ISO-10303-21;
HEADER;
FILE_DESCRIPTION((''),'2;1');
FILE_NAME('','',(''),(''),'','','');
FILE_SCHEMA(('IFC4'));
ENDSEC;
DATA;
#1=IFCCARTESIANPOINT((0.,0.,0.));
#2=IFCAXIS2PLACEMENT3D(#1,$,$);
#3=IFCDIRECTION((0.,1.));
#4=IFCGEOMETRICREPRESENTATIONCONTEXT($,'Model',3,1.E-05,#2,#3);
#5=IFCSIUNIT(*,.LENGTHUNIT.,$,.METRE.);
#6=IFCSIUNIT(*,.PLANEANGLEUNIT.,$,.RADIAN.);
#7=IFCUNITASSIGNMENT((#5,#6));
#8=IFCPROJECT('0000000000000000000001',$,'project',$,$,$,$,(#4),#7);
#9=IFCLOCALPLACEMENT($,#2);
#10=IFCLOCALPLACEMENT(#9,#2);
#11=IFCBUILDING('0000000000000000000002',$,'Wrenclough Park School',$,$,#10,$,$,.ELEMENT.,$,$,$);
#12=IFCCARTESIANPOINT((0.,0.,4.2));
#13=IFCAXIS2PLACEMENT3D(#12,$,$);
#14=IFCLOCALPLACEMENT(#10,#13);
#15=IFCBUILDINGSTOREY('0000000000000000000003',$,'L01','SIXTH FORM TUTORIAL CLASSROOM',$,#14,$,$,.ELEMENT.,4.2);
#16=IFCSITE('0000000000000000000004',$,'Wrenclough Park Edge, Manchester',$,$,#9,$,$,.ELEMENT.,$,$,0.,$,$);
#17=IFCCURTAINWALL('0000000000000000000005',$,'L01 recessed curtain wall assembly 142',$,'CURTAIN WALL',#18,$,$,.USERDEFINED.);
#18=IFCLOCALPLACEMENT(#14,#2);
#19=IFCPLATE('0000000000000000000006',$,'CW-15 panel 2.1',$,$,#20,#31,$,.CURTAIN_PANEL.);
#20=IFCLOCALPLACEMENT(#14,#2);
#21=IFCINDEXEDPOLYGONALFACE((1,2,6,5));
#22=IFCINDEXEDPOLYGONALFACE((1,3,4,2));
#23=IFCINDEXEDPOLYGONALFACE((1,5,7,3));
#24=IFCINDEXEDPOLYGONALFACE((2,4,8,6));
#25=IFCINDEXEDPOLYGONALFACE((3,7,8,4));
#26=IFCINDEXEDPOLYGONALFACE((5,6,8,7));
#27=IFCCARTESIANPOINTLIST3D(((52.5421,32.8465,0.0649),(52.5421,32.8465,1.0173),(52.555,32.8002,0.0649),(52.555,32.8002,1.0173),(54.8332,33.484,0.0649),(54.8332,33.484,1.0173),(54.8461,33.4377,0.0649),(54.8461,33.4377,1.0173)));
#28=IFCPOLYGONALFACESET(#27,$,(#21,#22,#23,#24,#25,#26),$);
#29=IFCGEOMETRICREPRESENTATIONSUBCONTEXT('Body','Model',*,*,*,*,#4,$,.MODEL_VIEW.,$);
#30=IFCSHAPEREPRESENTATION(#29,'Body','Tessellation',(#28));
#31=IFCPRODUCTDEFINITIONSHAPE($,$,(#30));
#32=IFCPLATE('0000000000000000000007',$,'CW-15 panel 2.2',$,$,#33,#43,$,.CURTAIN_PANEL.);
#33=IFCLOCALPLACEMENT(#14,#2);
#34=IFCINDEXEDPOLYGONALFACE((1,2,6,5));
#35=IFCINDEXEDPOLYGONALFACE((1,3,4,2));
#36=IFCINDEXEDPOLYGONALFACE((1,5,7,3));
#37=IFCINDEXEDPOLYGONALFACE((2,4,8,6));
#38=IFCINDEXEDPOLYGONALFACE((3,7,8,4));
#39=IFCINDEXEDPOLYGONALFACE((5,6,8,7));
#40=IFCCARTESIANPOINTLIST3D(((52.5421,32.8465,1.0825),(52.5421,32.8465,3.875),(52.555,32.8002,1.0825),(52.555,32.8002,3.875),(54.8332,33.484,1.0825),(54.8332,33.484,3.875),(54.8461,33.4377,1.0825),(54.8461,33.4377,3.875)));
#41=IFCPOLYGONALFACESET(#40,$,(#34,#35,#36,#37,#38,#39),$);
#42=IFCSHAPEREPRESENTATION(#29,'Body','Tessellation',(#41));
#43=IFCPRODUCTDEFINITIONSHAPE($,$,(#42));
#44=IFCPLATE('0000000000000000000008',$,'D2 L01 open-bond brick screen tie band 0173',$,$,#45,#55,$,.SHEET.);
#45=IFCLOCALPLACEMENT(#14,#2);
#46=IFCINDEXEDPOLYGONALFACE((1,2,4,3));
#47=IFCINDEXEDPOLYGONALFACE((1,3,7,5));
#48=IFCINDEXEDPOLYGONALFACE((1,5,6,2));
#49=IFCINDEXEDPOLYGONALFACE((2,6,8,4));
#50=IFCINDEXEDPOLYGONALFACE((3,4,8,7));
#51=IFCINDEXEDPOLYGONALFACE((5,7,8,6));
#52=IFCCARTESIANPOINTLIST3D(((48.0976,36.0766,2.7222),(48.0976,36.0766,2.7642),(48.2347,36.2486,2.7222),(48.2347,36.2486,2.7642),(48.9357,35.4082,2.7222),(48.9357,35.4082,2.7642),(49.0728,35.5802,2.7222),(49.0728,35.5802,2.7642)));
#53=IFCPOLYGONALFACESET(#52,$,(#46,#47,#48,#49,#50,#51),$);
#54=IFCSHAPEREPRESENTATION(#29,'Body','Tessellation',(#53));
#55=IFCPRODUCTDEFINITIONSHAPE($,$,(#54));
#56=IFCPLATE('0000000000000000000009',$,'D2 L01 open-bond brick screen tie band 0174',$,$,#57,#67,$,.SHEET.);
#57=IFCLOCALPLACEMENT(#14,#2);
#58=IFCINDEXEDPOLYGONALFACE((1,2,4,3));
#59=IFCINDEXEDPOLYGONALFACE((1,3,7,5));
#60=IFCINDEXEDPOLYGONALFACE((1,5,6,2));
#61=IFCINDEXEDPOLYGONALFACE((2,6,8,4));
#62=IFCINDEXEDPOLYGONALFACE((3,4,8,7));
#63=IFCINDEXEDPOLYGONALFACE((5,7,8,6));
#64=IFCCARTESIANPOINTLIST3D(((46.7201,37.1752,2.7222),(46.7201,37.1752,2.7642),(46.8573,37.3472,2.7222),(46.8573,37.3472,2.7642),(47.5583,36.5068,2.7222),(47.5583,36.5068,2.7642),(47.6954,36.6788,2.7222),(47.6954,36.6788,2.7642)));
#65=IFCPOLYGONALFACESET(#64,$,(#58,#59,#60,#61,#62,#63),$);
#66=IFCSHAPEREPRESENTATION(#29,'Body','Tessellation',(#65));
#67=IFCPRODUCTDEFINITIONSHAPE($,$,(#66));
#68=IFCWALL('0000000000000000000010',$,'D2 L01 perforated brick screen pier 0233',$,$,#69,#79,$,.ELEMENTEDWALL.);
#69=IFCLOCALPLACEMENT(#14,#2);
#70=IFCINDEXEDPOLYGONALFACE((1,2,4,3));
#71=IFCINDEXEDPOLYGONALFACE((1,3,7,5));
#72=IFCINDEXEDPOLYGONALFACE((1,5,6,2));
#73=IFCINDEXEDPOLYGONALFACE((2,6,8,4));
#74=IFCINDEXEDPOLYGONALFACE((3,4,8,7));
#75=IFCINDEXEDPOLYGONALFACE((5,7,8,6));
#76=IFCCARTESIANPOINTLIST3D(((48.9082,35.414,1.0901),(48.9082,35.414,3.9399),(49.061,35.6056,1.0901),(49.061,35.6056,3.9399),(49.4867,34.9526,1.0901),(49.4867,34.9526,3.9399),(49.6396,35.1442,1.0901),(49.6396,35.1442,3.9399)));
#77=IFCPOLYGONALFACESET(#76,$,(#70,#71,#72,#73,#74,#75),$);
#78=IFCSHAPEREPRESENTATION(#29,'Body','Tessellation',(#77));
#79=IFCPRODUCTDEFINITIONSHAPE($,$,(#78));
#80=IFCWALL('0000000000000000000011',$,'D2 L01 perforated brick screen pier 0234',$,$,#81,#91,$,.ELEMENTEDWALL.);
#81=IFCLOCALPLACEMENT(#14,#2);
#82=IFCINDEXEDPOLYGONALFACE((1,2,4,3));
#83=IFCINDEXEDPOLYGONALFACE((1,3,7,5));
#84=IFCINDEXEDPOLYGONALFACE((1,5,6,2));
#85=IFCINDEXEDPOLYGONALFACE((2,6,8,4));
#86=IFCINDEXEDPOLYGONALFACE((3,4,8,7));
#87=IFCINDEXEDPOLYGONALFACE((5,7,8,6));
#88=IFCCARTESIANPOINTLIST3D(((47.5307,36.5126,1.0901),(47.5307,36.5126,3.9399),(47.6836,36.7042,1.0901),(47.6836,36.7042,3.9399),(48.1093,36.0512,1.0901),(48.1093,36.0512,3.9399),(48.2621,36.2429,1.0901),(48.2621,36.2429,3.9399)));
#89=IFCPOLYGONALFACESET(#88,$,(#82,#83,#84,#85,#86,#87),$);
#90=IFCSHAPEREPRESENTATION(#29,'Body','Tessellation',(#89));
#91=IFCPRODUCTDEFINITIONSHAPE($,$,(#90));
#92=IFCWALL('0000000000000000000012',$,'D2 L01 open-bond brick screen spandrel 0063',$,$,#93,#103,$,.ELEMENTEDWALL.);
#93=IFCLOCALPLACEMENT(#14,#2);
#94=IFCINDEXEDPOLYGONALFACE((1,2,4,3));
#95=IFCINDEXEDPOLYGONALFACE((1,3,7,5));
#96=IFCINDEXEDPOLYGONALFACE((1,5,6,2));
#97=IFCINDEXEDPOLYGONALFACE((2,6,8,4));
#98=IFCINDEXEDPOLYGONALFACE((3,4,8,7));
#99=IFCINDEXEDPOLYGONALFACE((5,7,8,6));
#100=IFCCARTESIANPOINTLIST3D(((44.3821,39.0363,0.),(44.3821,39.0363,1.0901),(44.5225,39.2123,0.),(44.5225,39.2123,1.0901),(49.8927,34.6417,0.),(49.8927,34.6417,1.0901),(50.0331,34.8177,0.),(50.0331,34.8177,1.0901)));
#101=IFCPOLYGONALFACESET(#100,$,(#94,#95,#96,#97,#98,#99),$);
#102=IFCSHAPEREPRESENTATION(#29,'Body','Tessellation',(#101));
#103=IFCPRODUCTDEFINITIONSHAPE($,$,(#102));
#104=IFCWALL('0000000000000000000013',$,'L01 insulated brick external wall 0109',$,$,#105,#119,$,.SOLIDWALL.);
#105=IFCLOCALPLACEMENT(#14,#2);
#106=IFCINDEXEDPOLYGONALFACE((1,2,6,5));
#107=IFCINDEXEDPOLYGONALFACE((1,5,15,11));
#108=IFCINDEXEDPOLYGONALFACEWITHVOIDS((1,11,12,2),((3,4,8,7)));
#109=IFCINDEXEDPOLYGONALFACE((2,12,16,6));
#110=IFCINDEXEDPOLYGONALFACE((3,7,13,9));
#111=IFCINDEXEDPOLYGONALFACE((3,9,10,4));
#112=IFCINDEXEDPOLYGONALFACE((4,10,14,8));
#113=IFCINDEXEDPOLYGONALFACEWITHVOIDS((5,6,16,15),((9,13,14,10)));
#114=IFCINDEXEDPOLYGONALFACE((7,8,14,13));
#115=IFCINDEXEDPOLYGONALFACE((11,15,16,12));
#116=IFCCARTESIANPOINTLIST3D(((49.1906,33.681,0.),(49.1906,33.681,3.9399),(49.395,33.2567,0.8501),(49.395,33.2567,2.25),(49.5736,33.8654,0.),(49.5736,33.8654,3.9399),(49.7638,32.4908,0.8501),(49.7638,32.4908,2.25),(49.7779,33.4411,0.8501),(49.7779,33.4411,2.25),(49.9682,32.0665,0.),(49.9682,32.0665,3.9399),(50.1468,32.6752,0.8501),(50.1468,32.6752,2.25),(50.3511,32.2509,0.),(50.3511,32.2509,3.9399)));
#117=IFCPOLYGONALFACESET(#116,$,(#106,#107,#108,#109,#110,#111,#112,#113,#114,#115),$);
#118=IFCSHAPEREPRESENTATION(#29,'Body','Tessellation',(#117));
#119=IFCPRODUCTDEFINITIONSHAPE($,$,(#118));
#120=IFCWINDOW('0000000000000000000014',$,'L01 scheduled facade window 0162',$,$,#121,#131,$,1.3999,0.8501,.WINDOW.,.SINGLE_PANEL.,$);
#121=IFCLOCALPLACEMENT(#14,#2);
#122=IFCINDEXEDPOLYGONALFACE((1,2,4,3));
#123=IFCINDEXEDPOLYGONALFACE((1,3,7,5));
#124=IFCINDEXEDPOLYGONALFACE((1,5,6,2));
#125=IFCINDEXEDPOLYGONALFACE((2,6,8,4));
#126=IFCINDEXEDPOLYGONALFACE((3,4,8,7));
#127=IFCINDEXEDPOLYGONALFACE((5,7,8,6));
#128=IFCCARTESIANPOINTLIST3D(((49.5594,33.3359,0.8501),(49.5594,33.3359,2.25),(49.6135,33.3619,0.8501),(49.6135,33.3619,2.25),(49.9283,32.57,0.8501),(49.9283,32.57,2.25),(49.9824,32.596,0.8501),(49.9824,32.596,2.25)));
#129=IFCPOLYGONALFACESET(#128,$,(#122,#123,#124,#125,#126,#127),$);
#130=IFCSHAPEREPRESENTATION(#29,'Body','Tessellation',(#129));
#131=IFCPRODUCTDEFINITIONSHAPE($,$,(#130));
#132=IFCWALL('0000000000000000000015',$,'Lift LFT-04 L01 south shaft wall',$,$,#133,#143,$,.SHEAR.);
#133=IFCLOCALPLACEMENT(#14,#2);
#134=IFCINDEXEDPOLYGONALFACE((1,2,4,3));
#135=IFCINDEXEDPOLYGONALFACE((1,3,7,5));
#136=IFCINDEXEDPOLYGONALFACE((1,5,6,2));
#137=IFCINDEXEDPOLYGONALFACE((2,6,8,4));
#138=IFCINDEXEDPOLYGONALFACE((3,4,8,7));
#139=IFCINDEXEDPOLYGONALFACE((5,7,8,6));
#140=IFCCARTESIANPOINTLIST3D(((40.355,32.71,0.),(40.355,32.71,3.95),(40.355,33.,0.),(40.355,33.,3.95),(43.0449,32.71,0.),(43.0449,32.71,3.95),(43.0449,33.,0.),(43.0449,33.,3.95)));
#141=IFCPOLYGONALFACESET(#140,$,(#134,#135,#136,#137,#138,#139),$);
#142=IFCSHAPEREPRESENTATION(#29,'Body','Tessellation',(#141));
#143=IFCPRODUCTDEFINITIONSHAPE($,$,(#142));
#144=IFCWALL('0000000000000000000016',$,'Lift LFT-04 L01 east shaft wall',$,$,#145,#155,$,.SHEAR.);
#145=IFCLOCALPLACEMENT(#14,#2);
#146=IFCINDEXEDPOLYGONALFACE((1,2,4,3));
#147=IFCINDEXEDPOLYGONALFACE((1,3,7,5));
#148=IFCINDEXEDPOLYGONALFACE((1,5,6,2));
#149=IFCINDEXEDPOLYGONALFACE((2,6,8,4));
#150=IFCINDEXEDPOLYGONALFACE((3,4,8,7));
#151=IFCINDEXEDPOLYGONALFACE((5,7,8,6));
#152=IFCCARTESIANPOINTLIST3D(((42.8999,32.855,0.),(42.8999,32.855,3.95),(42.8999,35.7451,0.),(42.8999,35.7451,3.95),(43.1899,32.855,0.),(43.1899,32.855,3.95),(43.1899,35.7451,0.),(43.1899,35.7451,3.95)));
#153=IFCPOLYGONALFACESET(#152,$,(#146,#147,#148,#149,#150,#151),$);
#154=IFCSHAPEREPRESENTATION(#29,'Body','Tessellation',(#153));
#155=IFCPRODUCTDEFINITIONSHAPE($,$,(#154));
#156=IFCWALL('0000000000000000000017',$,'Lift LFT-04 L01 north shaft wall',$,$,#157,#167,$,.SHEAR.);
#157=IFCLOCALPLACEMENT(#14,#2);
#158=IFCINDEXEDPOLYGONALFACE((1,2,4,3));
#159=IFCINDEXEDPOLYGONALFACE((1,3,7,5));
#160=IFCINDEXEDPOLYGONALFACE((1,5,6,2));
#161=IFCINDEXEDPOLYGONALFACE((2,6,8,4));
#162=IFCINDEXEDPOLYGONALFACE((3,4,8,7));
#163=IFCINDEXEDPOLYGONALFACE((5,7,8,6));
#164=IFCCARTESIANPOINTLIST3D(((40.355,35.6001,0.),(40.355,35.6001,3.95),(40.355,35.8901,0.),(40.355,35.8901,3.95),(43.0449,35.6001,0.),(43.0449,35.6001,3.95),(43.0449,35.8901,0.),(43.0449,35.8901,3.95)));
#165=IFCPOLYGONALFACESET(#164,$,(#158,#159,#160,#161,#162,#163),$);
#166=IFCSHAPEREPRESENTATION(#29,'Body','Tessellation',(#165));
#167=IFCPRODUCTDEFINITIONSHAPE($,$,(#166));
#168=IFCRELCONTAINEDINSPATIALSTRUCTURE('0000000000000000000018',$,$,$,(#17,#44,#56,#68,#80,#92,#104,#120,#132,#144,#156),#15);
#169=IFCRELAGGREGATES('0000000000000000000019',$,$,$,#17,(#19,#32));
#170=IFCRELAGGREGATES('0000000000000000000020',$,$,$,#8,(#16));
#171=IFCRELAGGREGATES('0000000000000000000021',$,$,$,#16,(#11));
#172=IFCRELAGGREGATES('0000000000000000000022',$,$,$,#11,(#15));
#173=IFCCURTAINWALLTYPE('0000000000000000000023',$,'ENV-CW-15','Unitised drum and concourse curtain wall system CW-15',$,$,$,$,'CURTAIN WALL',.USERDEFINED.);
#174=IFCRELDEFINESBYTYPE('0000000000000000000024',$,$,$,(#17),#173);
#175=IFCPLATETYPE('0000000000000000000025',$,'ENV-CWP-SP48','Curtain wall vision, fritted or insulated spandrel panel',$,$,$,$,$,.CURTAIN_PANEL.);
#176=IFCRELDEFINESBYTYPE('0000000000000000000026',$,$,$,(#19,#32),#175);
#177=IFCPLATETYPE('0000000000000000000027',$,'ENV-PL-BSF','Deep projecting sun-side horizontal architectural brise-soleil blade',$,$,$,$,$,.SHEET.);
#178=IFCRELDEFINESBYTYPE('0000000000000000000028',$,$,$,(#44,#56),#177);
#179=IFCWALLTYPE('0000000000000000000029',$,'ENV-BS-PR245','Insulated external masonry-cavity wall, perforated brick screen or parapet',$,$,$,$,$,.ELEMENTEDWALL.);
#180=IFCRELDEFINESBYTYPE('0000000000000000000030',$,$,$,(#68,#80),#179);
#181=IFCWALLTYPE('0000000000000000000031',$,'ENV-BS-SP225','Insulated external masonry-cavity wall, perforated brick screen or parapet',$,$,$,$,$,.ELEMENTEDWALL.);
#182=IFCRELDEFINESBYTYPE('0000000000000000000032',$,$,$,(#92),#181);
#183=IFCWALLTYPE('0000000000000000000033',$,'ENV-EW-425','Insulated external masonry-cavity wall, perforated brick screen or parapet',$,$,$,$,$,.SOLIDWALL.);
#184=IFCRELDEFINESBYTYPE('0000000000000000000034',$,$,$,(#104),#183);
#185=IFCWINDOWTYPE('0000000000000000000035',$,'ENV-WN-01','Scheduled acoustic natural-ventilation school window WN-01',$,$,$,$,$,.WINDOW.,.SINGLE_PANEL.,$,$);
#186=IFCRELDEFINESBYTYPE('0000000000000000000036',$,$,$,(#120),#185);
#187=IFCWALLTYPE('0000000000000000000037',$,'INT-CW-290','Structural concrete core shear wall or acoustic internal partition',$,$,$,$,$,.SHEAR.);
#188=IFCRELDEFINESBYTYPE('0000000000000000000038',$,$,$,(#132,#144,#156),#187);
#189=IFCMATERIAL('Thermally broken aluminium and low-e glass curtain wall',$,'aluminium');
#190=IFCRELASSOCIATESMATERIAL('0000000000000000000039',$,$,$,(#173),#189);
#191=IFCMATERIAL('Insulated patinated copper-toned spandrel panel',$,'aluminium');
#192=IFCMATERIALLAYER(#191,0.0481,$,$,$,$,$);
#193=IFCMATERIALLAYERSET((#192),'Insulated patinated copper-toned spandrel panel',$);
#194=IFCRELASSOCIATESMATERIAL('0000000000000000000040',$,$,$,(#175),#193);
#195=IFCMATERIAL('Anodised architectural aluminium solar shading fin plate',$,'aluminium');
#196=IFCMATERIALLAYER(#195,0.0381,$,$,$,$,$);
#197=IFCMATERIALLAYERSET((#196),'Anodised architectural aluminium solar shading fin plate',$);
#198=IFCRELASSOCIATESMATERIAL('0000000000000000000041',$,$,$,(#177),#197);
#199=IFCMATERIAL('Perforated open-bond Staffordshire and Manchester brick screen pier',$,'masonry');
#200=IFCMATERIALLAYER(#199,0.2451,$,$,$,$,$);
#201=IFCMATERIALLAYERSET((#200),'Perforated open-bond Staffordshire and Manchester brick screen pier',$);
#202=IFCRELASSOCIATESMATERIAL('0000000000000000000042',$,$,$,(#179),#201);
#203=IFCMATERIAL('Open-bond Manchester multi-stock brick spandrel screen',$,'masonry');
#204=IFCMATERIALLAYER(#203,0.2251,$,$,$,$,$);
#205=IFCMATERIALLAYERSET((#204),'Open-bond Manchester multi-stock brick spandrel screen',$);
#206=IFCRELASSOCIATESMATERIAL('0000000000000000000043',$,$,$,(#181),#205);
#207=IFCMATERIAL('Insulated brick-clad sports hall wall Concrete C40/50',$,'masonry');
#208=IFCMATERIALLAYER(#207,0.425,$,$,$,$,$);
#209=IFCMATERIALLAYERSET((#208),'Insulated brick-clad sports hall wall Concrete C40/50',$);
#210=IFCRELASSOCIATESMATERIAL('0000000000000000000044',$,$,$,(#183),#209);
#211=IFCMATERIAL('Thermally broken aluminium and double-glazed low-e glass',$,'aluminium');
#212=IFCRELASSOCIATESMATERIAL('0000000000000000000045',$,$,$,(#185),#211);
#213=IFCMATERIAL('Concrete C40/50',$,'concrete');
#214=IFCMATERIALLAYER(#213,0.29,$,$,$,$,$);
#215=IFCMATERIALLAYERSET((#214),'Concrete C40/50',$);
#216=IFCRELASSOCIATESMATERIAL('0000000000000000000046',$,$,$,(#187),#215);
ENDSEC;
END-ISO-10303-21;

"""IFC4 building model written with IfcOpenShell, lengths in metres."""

from ifc_helpers import new_model, si_unit, direction, frame, frame_2d, origin, origin_2d, place, context, subcontext, project, spatial, rectangle, extrude, material, layer, layer_set, type_object, element, fill, aggregate, save


model = new_model("IFC4")

# Units and contexts
model_context = context("Model", 3, precision=1e-05, world=origin(), true_north=direction((0.0, 1.0)))
body_context = subcontext(model_context, "Body", "Model", "MODEL_VIEW")
ifc_project = project(units=[si_unit("LENGTHUNIT", "METRE"), si_unit("PLANEANGLEUNIT", "RADIAN")], contexts=[model_context])

# Site, building, storey
site_placement = place(None, origin())
site = spatial("IfcSite", under=ifc_project, at=site_placement, Name="Wrenclough Park Edge, Manchester", CompositionType="ELEMENT", RefElevation=0.0)
building_placement = place(site_placement, origin())
building = spatial("IfcBuilding", under=site, at=building_placement, Name="Wrenclough Park School", CompositionType="ELEMENT")
storey_placement = place(building_placement, frame((0.0, 0.0, 4.2)))
storey = spatial("IfcBuildingStorey", under=building, at=storey_placement, Name="L01", Description="SIXTH FORM TUTORIAL CLASSROOM", CompositionType="ELEMENT", Elevation=4.2)

# Shared definitions
ifc_material_1 = material(Name="Concrete C40/50", Category="concrete")

# Curtain wall
ifc_material_2 = material(Name="Thermally broken aluminium and low-e glass curtain wall", Category="aluminium")
curtain_wall_type = type_object("IfcCurtainWallType", Name="ENV-CW-15", Description="Unitised drum and concourse curtain wall system CW-15", ElementType="CURTAIN WALL", PredefinedType="USERDEFINED", material=ifc_material_2)
curtain_wall_placement = place(storey_placement, origin())
curtain_wall = element("IfcCurtainWall", 1, at=curtain_wall_placement, inside=storey, type_object=curtain_wall_type, Name="L01 recessed curtain wall assembly 142", ObjectType="CURTAIN WALL", PredefinedType="USERDEFINED")

# Plates
ifc_material_3 = material(Name="Insulated patinated copper-toned spandrel panel", Category="aluminium")
ifc_layer_1 = layer(ifc_material_3, 0.0481)
ifc_layer_set_1 = layer_set([ifc_layer_1], Name="Insulated patinated copper-toned spandrel panel")
plate_type_1 = type_object("IfcPlateType", Name="ENV-CWP-SP48", Description="Curtain wall vision, fritted or insulated spandrel panel", PredefinedType="CURTAIN_PANEL", material=ifc_layer_set_1)
plate_1_placement = place(storey_placement, frame((53.6941, 33.1421, 0.0649), z_axis=(0.0, 0.0, 1.0), x_axis=(0.963399, 0.268072, 0.0)))
plate_1 = element("IfcPlate", 2, at=plate_1_placement, type_object=plate_type_1, Name="CW-15 panel 2.1", PredefinedType="CURTAIN_PANEL", context=body_context, shape_type="SweptSolid", body=[
    extrude(rectangle(XDim=2.3782, YDim=0.0481, at=origin_2d()), origin(), (0.0, 0.0, 1.0), 0.9524),
])
plate_2_placement = place(storey_placement, frame((53.6941, 33.1421, 1.0825), z_axis=(0.0, 0.0, 1.0), x_axis=(0.963399, 0.268072, 0.0)))
plate_2 = element("IfcPlate", 3, at=plate_2_placement, type_object=plate_type_1, Name="CW-15 panel 2.2", PredefinedType="CURTAIN_PANEL", context=body_context, shape_type="SweptSolid", body=[
    extrude(rectangle(XDim=2.3782, YDim=0.0481, at=origin_2d()), origin(), (0.0, 0.0, 1.0), 2.7925),
])
aggregate(curtain_wall, [plate_1, plate_2])

# Plates
ifc_material_4 = material(Name="Anodised architectural aluminium solar shading fin plate", Category="aluminium")
ifc_layer_2 = layer(ifc_material_4, 0.0381)
ifc_layer_set_2 = layer_set([ifc_layer_2], Name="Anodised architectural aluminium solar shading fin plate")
plate_type_2 = type_object("IfcPlateType", Name="ENV-PL-BSF", Description="Deep projecting sun-side horizontal architectural brise-soleil blade", PredefinedType="SHEET", material=ifc_layer_set_2)
for number, where, z_axis, x_axis, name in (
    (4, (48.5852, 35.8284, 2.7222), (0.0, 0.0, 1.0), (-0.781826, 0.623497, 0.0), "D2 L01 open-bond brick screen tie band 0173"),
    (5, (47.2078, 36.927, 2.7222), (0.0, 0.0, 1.0), (-0.781826, 0.623497, 0.0), "D2 L01 open-bond brick screen tie band 0174"),
):
    element("IfcPlate", number, at=place(storey_placement, frame(where, z_axis=z_axis, x_axis=x_axis)), inside=storey, type_object=plate_type_2, Name=name, PredefinedType="SHEET", context=body_context, shape_type="SweptSolid", body=[
        extrude(rectangle(XDim=1.072, YDim=0.22, at=origin_2d()), origin(), (0.0, 0.0, 1.0), 0.042),
    ])

# Walls
ifc_material_5 = material(Name="Perforated open-bond Staffordshire and Manchester brick screen pier", Category="masonry")
ifc_layer_3 = layer(ifc_material_5, 0.2451)
ifc_layer_set_3 = layer_set([ifc_layer_3], Name="Perforated open-bond Staffordshire and Manchester brick screen pier")
wall_type_1 = type_object("IfcWallType", Name="ENV-BS-PR245", Description="Insulated external masonry-cavity wall, perforated brick screen or parapet", PredefinedType="ELEMENTEDWALL", material=ifc_layer_set_3)
for number, where, z_axis, x_axis, name in (
    (6, (49.5632, 35.0483, 1.0901), (0.0, 0.0, 1.0), (-0.781833, 0.623487, 0.0), "D2 L01 perforated brick screen pier 0233"),
    (7, (48.1858, 36.147, 1.0901), (0.0, 0.0, 1.0), (-0.781833, 0.623487, 0.0), "D2 L01 perforated brick screen pier 0234"),
):
    element("IfcWall", number, at=place(storey_placement, frame(where, z_axis=z_axis, x_axis=x_axis)), inside=storey, type_object=wall_type_1, Name=name, PredefinedType="ELEMENTEDWALL", context=body_context, shape_type="SweptSolid", body=[
        extrude(rectangle(XDim=0.74, YDim=0.2451, at=frame_2d((0.3701, 0.0))), origin(), (0.0, 0.0, 1.0), 2.8499),
    ])
ifc_material_6 = material(Name="Open-bond Manchester multi-stock brick spandrel screen", Category="masonry")
ifc_layer_4 = layer(ifc_material_6, 0.2251)
ifc_layer_set_4 = layer_set([ifc_layer_4], Name="Open-bond Manchester multi-stock brick spandrel screen")
wall_type_2 = type_object("IfcWallType", Name="ENV-BS-SP225", Description="Insulated external masonry-cavity wall, perforated brick screen or parapet", PredefinedType="ELEMENTEDWALL", material=ifc_layer_set_4)
wall_1_placement = place(storey_placement, frame((49.9629, 34.7297, 0.0), z_axis=(0.0, 0.0, 1.0), x_axis=(-0.781828, 0.623495, 0.0)))
element("IfcWall", 8, at=wall_1_placement, inside=storey, type_object=wall_type_2, Name="D2 L01 open-bond brick screen spandrel 0063", PredefinedType="ELEMENTEDWALL", context=body_context, shape_type="SweptSolid", body=[
    extrude(rectangle(XDim=7.0483, YDim=0.2251, at=frame_2d((3.5242, 0.0))), origin(), (0.0, 0.0, 1.0), 1.0901),
])

# Wall, opening, window
ifc_material_7 = material(Name="Insulated brick-clad sports hall wall Concrete C40/50", Category="masonry")
ifc_layer_5 = layer(ifc_material_7, 0.425)
ifc_layer_set_5 = layer_set([ifc_layer_5], Name="Insulated brick-clad sports hall wall Concrete C40/50")
wall_type_3 = type_object("IfcWallType", Name="ENV-EW-425", Description="Insulated external masonry-cavity wall, perforated brick screen or parapet", PredefinedType="SOLIDWALL", material=ifc_layer_set_5)
wall_2_placement = place(storey_placement, frame((49.3821, 33.7732, 0.0), z_axis=(0.0, 0.0, 1.0), x_axis=(0.433922, -0.90095, 0.0)))
wall_2 = element("IfcWall", 9, at=wall_2_placement, inside=storey, type_object=wall_type_3, Name="L01 insulated brick external wall 0109", PredefinedType="SOLIDWALL", context=body_context, shape_type="SweptSolid", body=[
    extrude(rectangle(XDim=1.792, YDim=0.425, at=frame_2d((0.896, 0.0))), origin(), (0.0, 0.0, 1.0), 3.9399),
])
opening_1_placement = place(wall_2_placement, frame((0.4709, 0.0, 0.8501)))
opening_1 = element("IfcOpeningElement", 10, at=opening_1_placement, cuts=wall_2, PredefinedType="OPENING", context=body_context, shape_type="SweptSolid", body=[
    extrude(rectangle(XDim=0.8501, YDim=1.3999, at=frame_2d((0.425, 0.7))), frame((0.0, 0.2224, 0.0), z_axis=(0.0, -1.0, 0.0), x_axis=(1.0, 0.0, 0.0)), (0.0, 0.0, 1.0), 0.4451),
])
ifc_material_8 = material(Name="Thermally broken aluminium and double-glazed low-e glass", Category="aluminium")
window_type = type_object("IfcWindowType", Name="ENV-WN-01", Description="Scheduled acoustic natural-ventilation school window WN-01", PartitioningType="SINGLE_PANEL", PredefinedType="WINDOW", material=ifc_material_8)
window_placement = place(opening_1_placement, origin())
window = element("IfcWindow", 11, at=window_placement, inside=storey, type_object=window_type, Name="L01 scheduled facade window 0162", OverallHeight=1.3999, OverallWidth=0.8501, PartitioningType="SINGLE_PANEL", PredefinedType="WINDOW", context=body_context, shape_type="SweptSolid", body=[
    extrude(rectangle(XDim=0.8501, YDim=1.3999, at=frame_2d((0.425, 0.7))), frame((0.0, 0.03, 0.0), z_axis=(0.0, -1.0, 0.0), x_axis=(1.0, 0.0, 0.0)), (0.0, 0.0, 1.0), 0.0601),
])
fill(opening_1, window)

# Walls
ifc_layer_6 = layer(ifc_material_1, 0.29)
ifc_layer_set_6 = layer_set([ifc_layer_6], Name="Concrete C40/50")
wall_type_4 = type_object("IfcWallType", Name="INT-CW-290", Description="Structural concrete core shear wall or acoustic internal partition", PredefinedType="SHEAR", material=ifc_layer_set_6)
wall_3_placement = place(storey_placement, frame((40.355, 32.855, 0.0), z_axis=(0.0, 0.0, 1.0), x_axis=(1.0, 0.0, 0.0)))
element("IfcWall", 12, at=wall_3_placement, inside=storey, type_object=wall_type_4, Name="Lift LFT-04 L01 south shaft wall", PredefinedType="SHEAR", context=body_context, shape_type="SweptSolid", body=[
    extrude(rectangle(XDim=2.6899, YDim=0.29, at=frame_2d((1.345, 0.0))), origin(), (0.0, 0.0, 1.0), 3.95),
])
wall_4_placement = place(storey_placement, frame((43.0449, 32.855, 0.0), z_axis=(0.0, 0.0, 1.0), x_axis=(0.0, 1.0, 0.0)))
element("IfcWall", 13, at=wall_4_placement, inside=storey, type_object=wall_type_4, Name="Lift LFT-04 L01 east shaft wall", PredefinedType="SHEAR", context=body_context, shape_type="SweptSolid", body=[
    extrude(rectangle(XDim=2.8901, YDim=0.29, at=frame_2d((1.4451, 0.0))), origin(), (0.0, 0.0, 1.0), 3.95),
])
wall_5_placement = place(storey_placement, frame((43.0449, 35.7451, 0.0), z_axis=(0.0, 0.0, 1.0), x_axis=(-1.0, 0.0, 0.0)))
element("IfcWall", 14, at=wall_5_placement, inside=storey, type_object=wall_type_4, Name="Lift LFT-04 L01 north shaft wall", PredefinedType="SHEAR", context=body_context, shape_type="SweptSolid", body=[
    extrude(rectangle(XDim=2.6899, YDim=0.29, at=frame_2d((1.345, 0.0))), origin(), (0.0, 0.0, 1.0), 3.95),
])

save(model, "model.ifc")
